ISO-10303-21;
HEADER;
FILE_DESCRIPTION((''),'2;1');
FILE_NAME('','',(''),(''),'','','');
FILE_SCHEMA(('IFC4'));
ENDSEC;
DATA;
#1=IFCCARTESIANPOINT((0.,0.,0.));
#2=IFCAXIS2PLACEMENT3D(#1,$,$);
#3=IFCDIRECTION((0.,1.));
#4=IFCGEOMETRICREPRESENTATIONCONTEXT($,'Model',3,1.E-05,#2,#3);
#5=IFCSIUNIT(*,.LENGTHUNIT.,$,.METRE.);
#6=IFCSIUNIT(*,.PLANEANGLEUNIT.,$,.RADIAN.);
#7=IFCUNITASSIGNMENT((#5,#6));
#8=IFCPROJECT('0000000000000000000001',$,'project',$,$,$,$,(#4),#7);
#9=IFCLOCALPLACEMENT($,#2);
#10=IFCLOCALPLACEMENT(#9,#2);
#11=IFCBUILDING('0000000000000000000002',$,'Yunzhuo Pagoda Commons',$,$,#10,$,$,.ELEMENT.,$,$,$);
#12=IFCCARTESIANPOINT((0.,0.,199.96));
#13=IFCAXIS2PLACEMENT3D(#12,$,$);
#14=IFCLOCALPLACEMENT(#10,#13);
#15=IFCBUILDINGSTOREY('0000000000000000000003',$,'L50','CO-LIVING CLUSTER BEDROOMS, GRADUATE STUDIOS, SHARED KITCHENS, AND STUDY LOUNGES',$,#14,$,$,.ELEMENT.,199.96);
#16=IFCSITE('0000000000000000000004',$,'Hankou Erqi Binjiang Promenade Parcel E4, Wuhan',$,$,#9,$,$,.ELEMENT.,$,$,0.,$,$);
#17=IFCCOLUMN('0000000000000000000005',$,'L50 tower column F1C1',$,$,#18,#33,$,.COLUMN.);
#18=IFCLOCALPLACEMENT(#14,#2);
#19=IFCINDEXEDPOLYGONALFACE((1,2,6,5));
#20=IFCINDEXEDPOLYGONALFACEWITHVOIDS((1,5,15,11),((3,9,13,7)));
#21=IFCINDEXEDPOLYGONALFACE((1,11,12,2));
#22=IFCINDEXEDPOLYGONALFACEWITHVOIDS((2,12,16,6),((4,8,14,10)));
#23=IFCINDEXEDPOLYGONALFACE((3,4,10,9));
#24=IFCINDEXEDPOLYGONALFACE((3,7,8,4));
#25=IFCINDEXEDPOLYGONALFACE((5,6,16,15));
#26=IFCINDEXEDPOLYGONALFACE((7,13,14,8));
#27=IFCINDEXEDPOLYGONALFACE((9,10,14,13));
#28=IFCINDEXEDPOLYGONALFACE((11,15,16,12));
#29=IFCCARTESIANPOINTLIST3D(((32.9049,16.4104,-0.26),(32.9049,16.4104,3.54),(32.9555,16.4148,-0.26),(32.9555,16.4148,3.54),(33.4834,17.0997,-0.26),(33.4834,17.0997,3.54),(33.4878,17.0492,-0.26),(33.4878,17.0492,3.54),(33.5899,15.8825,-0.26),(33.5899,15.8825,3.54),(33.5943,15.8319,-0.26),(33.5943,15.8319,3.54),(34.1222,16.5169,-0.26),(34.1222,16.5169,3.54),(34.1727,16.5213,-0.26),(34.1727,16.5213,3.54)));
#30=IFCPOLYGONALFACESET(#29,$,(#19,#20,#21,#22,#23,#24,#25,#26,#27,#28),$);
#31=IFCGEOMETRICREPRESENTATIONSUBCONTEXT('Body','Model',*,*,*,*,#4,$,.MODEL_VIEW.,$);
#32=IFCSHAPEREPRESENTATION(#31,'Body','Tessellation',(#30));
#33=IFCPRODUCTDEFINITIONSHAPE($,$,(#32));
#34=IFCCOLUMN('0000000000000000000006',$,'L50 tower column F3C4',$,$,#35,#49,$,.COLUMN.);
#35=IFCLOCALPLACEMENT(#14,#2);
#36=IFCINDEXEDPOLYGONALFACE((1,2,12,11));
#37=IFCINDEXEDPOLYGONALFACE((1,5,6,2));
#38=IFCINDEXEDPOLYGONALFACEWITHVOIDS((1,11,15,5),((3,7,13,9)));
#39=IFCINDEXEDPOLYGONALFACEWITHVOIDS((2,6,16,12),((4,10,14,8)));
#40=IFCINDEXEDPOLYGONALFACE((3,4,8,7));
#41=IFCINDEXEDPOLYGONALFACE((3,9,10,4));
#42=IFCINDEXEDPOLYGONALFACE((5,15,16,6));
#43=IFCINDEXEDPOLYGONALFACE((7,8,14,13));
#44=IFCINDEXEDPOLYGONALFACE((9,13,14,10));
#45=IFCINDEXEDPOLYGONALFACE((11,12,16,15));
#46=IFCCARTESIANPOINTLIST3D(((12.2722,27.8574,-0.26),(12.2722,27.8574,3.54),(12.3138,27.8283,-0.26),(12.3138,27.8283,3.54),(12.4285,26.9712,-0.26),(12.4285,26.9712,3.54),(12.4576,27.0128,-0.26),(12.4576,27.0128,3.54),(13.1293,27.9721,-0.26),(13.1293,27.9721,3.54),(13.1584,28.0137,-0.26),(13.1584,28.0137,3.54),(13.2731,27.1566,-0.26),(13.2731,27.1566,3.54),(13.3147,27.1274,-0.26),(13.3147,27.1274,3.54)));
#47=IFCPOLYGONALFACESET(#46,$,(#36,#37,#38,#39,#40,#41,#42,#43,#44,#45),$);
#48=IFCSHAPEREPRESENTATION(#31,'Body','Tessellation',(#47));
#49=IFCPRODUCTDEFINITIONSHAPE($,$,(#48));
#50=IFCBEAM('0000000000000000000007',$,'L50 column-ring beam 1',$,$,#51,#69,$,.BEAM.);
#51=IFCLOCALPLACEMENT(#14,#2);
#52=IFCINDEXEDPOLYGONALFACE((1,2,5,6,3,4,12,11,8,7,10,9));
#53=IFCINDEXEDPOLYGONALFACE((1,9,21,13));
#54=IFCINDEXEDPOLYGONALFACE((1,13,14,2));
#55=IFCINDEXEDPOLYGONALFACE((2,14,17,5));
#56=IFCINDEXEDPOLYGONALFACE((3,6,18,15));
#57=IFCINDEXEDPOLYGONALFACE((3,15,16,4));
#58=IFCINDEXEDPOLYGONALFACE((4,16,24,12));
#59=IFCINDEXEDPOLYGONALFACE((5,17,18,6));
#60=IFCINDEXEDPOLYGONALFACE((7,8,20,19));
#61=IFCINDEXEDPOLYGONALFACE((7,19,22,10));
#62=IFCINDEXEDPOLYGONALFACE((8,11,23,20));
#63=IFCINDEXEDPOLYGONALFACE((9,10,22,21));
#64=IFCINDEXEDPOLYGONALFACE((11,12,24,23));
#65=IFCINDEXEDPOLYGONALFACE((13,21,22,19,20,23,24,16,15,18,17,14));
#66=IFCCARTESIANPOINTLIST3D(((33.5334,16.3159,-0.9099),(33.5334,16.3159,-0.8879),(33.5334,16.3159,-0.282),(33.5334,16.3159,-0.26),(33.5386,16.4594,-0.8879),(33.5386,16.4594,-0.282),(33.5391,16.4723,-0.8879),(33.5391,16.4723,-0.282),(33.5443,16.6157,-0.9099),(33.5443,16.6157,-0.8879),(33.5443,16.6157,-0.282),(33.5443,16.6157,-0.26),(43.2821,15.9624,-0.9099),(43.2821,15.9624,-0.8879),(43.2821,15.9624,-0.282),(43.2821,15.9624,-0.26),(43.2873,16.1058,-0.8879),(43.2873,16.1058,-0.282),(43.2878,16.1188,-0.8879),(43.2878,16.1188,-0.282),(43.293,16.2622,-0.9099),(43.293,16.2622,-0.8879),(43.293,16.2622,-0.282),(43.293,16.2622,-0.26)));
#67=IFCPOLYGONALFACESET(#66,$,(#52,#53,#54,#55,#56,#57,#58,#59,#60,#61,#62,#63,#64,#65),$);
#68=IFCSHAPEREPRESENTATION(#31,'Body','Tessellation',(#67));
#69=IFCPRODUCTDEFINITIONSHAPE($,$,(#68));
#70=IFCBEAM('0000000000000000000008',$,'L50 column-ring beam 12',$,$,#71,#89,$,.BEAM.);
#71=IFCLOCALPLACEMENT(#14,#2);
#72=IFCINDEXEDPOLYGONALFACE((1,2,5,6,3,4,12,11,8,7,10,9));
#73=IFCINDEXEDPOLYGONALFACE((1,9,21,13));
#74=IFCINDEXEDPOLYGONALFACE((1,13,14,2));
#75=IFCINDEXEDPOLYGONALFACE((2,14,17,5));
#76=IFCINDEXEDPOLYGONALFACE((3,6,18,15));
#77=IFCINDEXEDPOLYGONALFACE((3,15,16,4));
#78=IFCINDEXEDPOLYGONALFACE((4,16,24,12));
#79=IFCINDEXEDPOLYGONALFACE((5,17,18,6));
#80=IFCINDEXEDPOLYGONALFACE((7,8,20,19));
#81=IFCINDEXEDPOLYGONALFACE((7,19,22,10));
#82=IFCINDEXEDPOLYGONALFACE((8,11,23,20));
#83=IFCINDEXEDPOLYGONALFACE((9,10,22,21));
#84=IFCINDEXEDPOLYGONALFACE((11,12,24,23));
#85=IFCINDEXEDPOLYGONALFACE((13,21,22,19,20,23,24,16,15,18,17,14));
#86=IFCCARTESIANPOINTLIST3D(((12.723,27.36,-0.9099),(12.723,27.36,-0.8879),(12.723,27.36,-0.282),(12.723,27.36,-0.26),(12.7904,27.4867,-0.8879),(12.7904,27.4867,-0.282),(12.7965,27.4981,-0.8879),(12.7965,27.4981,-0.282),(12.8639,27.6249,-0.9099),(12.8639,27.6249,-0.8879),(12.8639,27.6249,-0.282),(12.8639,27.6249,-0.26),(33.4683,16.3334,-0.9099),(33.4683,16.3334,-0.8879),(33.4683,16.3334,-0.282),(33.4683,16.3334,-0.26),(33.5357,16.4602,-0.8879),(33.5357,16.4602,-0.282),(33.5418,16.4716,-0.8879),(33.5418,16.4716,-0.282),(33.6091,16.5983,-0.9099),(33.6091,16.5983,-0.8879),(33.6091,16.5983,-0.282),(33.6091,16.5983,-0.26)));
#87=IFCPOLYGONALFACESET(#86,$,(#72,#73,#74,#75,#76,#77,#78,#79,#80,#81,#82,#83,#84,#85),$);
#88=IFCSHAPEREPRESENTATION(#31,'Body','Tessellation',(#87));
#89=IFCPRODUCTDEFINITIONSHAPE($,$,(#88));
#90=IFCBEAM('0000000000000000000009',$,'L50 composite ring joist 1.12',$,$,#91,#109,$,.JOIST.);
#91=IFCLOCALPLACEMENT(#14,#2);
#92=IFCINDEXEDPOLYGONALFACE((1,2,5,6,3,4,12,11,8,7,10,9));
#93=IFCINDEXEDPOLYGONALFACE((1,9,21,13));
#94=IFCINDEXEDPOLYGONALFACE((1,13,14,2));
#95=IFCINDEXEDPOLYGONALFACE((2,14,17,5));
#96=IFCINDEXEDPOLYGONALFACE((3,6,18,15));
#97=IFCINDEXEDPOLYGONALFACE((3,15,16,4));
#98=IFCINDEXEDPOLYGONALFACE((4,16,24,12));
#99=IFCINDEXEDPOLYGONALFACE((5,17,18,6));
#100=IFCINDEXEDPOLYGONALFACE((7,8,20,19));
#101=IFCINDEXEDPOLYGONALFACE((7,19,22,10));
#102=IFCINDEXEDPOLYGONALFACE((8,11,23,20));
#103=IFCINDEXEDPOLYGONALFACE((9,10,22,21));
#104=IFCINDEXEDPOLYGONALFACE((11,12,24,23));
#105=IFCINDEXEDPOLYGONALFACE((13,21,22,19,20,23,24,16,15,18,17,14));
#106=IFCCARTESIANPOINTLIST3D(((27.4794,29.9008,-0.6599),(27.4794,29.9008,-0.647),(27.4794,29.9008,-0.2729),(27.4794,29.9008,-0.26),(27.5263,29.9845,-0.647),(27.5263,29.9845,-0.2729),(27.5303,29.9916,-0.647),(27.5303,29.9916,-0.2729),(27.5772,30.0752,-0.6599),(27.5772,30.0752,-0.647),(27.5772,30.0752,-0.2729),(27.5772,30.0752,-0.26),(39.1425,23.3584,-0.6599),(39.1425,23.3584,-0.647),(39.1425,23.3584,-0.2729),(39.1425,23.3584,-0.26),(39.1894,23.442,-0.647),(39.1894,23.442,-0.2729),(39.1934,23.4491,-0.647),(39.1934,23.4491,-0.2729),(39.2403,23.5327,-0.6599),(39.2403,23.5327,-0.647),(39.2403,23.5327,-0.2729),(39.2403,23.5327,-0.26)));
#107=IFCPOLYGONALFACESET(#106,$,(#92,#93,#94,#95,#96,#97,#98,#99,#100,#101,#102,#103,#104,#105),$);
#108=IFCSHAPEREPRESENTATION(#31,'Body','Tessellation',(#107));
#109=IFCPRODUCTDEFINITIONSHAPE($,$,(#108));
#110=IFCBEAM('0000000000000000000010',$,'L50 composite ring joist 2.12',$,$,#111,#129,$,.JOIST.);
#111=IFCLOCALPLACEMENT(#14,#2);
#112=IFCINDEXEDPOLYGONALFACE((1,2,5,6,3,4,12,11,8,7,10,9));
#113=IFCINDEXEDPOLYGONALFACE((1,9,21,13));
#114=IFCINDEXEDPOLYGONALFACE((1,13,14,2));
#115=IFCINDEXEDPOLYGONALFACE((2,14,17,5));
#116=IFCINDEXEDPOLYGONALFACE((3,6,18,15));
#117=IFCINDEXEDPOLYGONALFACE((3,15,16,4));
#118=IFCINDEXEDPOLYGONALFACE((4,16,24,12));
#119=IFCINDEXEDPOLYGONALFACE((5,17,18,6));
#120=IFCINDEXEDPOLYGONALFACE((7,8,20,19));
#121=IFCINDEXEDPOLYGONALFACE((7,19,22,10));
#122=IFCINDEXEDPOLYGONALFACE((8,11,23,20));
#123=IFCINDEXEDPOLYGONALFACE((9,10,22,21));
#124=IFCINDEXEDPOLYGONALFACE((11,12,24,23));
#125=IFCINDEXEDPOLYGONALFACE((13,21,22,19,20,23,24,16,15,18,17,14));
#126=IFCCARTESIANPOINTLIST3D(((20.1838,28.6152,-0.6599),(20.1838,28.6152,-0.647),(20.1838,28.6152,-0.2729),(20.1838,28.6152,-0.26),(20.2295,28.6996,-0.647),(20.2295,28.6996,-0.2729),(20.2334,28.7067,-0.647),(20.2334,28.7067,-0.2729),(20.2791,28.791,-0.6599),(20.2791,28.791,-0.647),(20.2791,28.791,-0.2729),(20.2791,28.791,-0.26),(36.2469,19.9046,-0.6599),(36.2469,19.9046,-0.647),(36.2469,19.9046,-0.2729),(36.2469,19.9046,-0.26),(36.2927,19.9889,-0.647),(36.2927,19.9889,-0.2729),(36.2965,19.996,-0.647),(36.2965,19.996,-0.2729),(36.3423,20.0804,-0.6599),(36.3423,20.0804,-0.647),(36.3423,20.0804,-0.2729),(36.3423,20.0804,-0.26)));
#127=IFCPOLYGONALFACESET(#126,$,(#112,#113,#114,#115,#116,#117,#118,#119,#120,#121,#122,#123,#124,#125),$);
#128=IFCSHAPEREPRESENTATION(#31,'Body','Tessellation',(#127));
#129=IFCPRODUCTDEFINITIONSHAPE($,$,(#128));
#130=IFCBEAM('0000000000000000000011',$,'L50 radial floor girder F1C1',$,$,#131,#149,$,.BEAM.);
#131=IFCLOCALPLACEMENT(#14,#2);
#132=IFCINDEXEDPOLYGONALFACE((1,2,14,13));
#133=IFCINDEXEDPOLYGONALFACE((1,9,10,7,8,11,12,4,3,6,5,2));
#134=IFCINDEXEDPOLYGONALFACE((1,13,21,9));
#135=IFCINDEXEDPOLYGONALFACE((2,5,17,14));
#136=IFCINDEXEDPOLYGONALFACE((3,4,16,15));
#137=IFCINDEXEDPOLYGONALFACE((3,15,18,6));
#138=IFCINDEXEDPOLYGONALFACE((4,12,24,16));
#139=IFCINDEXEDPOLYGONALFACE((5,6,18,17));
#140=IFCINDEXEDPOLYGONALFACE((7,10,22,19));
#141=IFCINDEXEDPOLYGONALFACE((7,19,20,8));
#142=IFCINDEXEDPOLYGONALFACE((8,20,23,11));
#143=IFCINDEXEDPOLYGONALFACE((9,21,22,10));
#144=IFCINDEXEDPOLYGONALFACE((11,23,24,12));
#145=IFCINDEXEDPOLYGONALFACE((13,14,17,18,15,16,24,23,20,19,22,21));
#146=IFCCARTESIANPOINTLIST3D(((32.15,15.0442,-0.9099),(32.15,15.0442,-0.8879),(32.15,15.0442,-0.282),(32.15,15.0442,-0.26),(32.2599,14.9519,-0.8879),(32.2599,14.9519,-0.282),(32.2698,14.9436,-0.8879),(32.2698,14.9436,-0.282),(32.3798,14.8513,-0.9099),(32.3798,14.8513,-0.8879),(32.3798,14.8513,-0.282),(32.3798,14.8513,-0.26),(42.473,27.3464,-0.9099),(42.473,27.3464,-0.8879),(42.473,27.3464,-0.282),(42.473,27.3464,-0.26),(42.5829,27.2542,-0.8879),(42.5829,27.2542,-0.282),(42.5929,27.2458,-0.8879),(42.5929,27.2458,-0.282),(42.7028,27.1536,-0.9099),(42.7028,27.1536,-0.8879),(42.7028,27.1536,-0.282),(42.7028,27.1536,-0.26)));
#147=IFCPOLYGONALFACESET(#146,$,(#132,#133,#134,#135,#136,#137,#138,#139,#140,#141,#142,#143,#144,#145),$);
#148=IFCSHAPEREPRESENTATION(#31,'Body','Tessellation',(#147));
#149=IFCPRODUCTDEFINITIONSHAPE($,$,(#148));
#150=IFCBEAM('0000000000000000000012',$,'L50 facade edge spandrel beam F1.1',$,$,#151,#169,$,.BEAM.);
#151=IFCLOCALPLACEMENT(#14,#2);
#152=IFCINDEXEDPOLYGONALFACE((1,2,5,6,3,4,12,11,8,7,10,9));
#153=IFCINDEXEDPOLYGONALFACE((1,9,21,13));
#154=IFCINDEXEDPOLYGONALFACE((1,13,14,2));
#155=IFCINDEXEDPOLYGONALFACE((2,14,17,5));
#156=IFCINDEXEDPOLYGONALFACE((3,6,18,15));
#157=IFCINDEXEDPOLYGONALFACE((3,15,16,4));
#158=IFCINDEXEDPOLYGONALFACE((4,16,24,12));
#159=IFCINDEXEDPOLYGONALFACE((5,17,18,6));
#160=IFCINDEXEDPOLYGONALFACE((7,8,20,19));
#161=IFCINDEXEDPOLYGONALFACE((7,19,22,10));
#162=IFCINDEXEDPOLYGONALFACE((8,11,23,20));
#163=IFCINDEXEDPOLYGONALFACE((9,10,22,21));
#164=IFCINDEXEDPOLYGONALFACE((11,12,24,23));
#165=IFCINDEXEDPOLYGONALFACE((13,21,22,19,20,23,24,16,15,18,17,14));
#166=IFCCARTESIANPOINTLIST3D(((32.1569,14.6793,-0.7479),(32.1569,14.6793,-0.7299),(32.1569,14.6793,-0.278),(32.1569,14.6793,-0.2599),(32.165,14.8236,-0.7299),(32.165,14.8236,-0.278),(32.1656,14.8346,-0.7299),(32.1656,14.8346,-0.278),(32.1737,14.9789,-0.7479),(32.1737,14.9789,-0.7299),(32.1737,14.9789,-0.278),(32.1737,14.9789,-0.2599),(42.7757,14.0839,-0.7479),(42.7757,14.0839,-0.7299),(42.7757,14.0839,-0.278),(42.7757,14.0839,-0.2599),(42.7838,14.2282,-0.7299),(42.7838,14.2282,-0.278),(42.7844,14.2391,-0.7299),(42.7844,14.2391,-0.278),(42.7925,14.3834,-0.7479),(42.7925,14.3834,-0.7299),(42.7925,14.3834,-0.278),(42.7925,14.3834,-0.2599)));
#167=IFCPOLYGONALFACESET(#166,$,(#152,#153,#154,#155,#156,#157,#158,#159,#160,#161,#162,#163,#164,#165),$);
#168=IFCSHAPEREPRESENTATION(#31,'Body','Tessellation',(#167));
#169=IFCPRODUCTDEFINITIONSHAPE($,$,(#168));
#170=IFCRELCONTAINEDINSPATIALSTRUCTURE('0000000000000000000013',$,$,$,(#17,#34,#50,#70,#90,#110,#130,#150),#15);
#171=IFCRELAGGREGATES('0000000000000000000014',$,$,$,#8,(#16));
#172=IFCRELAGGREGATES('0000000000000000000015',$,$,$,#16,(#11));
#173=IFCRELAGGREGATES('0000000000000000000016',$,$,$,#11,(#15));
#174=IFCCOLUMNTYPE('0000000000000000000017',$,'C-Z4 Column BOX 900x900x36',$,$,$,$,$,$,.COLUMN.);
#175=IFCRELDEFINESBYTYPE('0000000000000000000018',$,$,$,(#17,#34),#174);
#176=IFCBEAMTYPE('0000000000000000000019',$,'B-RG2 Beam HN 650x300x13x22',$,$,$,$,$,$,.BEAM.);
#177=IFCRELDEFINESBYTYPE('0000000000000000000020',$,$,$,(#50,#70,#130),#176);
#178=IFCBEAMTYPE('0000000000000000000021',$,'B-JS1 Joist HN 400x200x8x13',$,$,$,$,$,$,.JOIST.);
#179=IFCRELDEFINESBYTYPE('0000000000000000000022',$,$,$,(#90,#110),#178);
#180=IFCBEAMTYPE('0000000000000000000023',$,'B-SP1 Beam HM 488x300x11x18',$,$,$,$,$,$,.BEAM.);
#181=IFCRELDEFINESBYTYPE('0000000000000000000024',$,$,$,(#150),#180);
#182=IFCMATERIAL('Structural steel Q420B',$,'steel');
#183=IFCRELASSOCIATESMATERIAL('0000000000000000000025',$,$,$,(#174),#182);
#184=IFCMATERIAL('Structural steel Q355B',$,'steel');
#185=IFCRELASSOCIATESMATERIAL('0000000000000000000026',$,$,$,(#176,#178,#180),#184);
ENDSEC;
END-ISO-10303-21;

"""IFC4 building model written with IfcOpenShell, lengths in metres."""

from ifc_helpers import new_model, si_unit, direction, frame, origin, origin_2d, place, context, subcontext, project, spatial, hollow_rectangle, i_section, extrude, source, transform, mapped, material, material_profile, profile_set, type_object, element, save


model = new_model("IFC4")

# Units and contexts
model_context = context("Model", 3, precision=1e-05, world=origin(), true_north=direction((0.0, 1.0)))
body_context = subcontext(model_context, "Body", "Model", "MODEL_VIEW")
ifc_project = project(units=[si_unit("LENGTHUNIT", "METRE"), si_unit("PLANEANGLEUNIT", "RADIAN")], contexts=[model_context])

# Site, building, storey
site_placement = place(None, origin())
site = spatial("IfcSite", under=ifc_project, at=site_placement, Name="Hankou Erqi Binjiang Promenade Parcel E4, Wuhan", CompositionType="ELEMENT", RefElevation=0.0)
building_placement = place(site_placement, origin())
building = spatial("IfcBuilding", under=site, at=building_placement, Name="Yunzhuo Pagoda Commons", CompositionType="ELEMENT")
storey_placement = place(building_placement, frame((0.0, 0.0, 199.96)))
storey = spatial("IfcBuildingStorey", under=building, at=storey_placement, Name="L50", Description="CO-LIVING CLUSTER BEDROOMS, GRADUATE STUDIOS, SHARED KITCHENS, AND STUDY LOUNGES", CompositionType="ELEMENT", Elevation=199.96)

# Columns
ifc_material_1 = material(Name="Structural steel Q420B", Category="steel")
ifc_material_profile_1 = material_profile(ifc_material_1, hollow_rectangle(XDim=0.8999, YDim=0.8999, WallThickness=0.0359, at=origin_2d()), Name="Structural steel Q420B")
ifc_profile_set_1 = profile_set([ifc_material_profile_1], Name="Structural steel Q420B")
column_type = type_object("IfcColumnType", Name="C-Z4 Column BOX 900x900x36", PredefinedType="COLUMN", material=ifc_profile_set_1)
shared_shape_1 = source(origin(), body_context, "Body", "SweptSolid", [
    extrude(hollow_rectangle(XDim=0.8999, YDim=0.8999, WallThickness=0.0359, at=origin_2d()), origin(), (0.0, 0.0, 1.0), 3.8),
])
for number, where, z_axis, x_axis, name in (
    (1, (33.5388, 16.4658, -0.26), (0.0, 0.0, 1.0), (0.766044, -0.642788, 0.0), "L50 tower column F1C1"),
    (2, (12.7935, 27.4924, -0.26), (0.0, 0.0, 1.0), (0.173648, -0.984808, 0.0), "L50 tower column F3C4"),
):
    element("IfcColumn", number, at=place(storey_placement, frame(where, z_axis=z_axis, x_axis=x_axis)), inside=storey, type_object=column_type, Name=name, PredefinedType="COLUMN", context=body_context, shape_type="MappedRepresentation", body=[
        mapped(shared_shape_1, transform((0.0, 0.0, 0.0), scale=1.0)),
    ])

# Beams
ifc_material_2 = material(Name="Structural steel Q355B", Category="steel")
ifc_material_profile_2 = material_profile(ifc_material_2, i_section(OverallWidth=0.3, OverallDepth=0.6499, WebThickness=0.0129, FlangeThickness=0.022, at=origin_2d()), Name="Structural steel Q355B")
ifc_profile_set_2 = profile_set([ifc_material_profile_2], Name="Structural steel Q355B")
beam_type_1 = type_object("IfcBeamType", Name="B-RG2 Beam HN 650x300x13x22", PredefinedType="BEAM", material=ifc_profile_set_2)
shared_shape_2 = source(origin(), body_context, "Body", "SweptSolid", [
    extrude(i_section(OverallWidth=0.3, OverallDepth=0.6499, WebThickness=0.0129, FlangeThickness=0.022, at=origin_2d()), origin(), (0.0, 0.0, 1.0), 9.7551),
])
beam_1_placement = place(storey_placement, frame((33.5388, 16.4658, -0.585), z_axis=(0.999343, -0.036239, 0.0), x_axis=(0.036239, 0.999343, 0.0)))
element("IfcBeam", 3, at=beam_1_placement, inside=storey, type_object=beam_type_1, Name="L50 column-ring beam 1", PredefinedType="BEAM", context=body_context, shape_type="MappedRepresentation", body=[
    mapped(shared_shape_2, transform((0.0, 0.0, 0.0), scale=1.0)),
])
shared_shape_3 = source(origin(), body_context, "Body", "SweptSolid", [
    extrude(i_section(OverallWidth=0.3, OverallDepth=0.6499, WebThickness=0.0129, FlangeThickness=0.022, at=origin_2d()), origin(), (0.0, 0.0, 1.0), 23.4937),
])
beam_2_placement = place(storey_placement, frame((12.7935, 27.4924, -0.585), z_axis=(0.883016, -0.469342, 0.0), x_axis=(0.469342, 0.883016, 0.0)))
element("IfcBeam", 4, at=beam_2_placement, inside=storey, type_object=beam_type_1, Name="L50 column-ring beam 12", PredefinedType="BEAM", context=body_context, shape_type="MappedRepresentation", body=[
    mapped(shared_shape_3, transform((0.0, 0.0, 0.0), scale=1.0)),
])
ifc_material_profile_3 = material_profile(ifc_material_2, i_section(OverallWidth=0.2, OverallDepth=0.3999, WebThickness=0.0081, FlangeThickness=0.0129, at=origin_2d()), Name="Structural steel Q355B")
ifc_profile_set_3 = profile_set([ifc_material_profile_3], Name="Structural steel Q355B")
beam_type_2 = type_object("IfcBeamType", Name="B-JS1 Joist HN 400x200x8x13", PredefinedType="JOIST", material=ifc_profile_set_3)
shared_shape_4 = source(origin(), body_context, "Body", "SweptSolid", [
    extrude(i_section(OverallWidth=0.2, OverallDepth=0.3999, WebThickness=0.0081, FlangeThickness=0.0129, at=origin_2d()), origin(), (0.0, 0.0, 1.0), 13.3728),
])
beam_3_placement = place(storey_placement, frame((27.5283, 29.988, -0.46), z_axis=(0.87215, -0.489238, 0.0), x_axis=(0.489238, 0.87215, 0.0)))
element("IfcBeam", 5, at=beam_3_placement, inside=storey, type_object=beam_type_2, Name="L50 composite ring joist 1.12", PredefinedType="JOIST", context=body_context, shape_type="MappedRepresentation", body=[
    mapped(shared_shape_4, transform((0.0, 0.0, 0.0), scale=1.0)),
])
shared_shape_5 = source(origin(), body_context, "Body", "SweptSolid", [
    extrude(i_section(OverallWidth=0.2, OverallDepth=0.3999, WebThickness=0.0081, FlangeThickness=0.0129, at=origin_2d()), origin(), (0.0, 0.0, 1.0), 18.2729),
])
beam_4_placement = place(storey_placement, frame((20.2314, 28.7031, -0.46), z_axis=(0.879068, -0.476697, 0.0), x_axis=(0.476697, 0.879068, 0.0)))
element("IfcBeam", 6, at=beam_4_placement, inside=storey, type_object=beam_type_2, Name="L50 composite ring joist 2.12", PredefinedType="JOIST", context=body_context, shape_type="MappedRepresentation", body=[
    mapped(shared_shape_5, transform((0.0, 0.0, 0.0), scale=1.0)),
])
shared_shape_6 = source(origin(), body_context, "Body", "SweptSolid", [
    extrude(i_section(OverallWidth=0.3, OverallDepth=0.6499, WebThickness=0.0129, FlangeThickness=0.022, at=origin_2d()), origin(), (0.0, 0.0, 1.0), 16.0596),
])
beam_5_placement = place(storey_placement, frame((32.2649, 14.9478, -0.585), z_axis=(0.642794, 0.766039, 0.0), x_axis=(-0.766039, 0.642794, 0.0)))
element("IfcBeam", 7, at=beam_5_placement, inside=storey, type_object=beam_type_1, Name="L50 radial floor girder F1C1", PredefinedType="BEAM", context=body_context, shape_type="MappedRepresentation", body=[
    mapped(shared_shape_6, transform((0.0, 0.0, 0.0), scale=1.0)),
])
ifc_material_profile_4 = material_profile(ifc_material_2, i_section(OverallWidth=0.3, OverallDepth=0.488, WebThickness=0.011, FlangeThickness=0.0181, at=origin_2d()), Name="Structural steel Q355B")
ifc_profile_set_4 = profile_set([ifc_material_profile_4], Name="Structural steel Q355B")
beam_type_3 = type_object("IfcBeamType", Name="B-SP1 Beam HM 488x300x11x18", PredefinedType="BEAM", material=ifc_profile_set_4)
shared_shape_7 = source(origin(), body_context, "Body", "SweptSolid", [
    extrude(i_section(OverallWidth=0.3, OverallDepth=0.488, WebThickness=0.011, FlangeThickness=0.0181, at=origin_2d()), origin(), (0.0, 0.0, 1.0), 10.6355),
])
beam_6_placement = place(storey_placement, frame((32.1653, 14.8291, -0.5039), z_axis=(0.998431, -0.055987, 0.0), x_axis=(0.055987, 0.998431, 0.0)))
element("IfcBeam", 8, at=beam_6_placement, inside=storey, type_object=beam_type_3, Name="L50 facade edge spandrel beam F1.1", PredefinedType="BEAM", context=body_context, shape_type="MappedRepresentation", body=[
    mapped(shared_shape_7, transform((0.0, 0.0, 0.0), scale=1.0)),
])

save(model, "model.ifc")
